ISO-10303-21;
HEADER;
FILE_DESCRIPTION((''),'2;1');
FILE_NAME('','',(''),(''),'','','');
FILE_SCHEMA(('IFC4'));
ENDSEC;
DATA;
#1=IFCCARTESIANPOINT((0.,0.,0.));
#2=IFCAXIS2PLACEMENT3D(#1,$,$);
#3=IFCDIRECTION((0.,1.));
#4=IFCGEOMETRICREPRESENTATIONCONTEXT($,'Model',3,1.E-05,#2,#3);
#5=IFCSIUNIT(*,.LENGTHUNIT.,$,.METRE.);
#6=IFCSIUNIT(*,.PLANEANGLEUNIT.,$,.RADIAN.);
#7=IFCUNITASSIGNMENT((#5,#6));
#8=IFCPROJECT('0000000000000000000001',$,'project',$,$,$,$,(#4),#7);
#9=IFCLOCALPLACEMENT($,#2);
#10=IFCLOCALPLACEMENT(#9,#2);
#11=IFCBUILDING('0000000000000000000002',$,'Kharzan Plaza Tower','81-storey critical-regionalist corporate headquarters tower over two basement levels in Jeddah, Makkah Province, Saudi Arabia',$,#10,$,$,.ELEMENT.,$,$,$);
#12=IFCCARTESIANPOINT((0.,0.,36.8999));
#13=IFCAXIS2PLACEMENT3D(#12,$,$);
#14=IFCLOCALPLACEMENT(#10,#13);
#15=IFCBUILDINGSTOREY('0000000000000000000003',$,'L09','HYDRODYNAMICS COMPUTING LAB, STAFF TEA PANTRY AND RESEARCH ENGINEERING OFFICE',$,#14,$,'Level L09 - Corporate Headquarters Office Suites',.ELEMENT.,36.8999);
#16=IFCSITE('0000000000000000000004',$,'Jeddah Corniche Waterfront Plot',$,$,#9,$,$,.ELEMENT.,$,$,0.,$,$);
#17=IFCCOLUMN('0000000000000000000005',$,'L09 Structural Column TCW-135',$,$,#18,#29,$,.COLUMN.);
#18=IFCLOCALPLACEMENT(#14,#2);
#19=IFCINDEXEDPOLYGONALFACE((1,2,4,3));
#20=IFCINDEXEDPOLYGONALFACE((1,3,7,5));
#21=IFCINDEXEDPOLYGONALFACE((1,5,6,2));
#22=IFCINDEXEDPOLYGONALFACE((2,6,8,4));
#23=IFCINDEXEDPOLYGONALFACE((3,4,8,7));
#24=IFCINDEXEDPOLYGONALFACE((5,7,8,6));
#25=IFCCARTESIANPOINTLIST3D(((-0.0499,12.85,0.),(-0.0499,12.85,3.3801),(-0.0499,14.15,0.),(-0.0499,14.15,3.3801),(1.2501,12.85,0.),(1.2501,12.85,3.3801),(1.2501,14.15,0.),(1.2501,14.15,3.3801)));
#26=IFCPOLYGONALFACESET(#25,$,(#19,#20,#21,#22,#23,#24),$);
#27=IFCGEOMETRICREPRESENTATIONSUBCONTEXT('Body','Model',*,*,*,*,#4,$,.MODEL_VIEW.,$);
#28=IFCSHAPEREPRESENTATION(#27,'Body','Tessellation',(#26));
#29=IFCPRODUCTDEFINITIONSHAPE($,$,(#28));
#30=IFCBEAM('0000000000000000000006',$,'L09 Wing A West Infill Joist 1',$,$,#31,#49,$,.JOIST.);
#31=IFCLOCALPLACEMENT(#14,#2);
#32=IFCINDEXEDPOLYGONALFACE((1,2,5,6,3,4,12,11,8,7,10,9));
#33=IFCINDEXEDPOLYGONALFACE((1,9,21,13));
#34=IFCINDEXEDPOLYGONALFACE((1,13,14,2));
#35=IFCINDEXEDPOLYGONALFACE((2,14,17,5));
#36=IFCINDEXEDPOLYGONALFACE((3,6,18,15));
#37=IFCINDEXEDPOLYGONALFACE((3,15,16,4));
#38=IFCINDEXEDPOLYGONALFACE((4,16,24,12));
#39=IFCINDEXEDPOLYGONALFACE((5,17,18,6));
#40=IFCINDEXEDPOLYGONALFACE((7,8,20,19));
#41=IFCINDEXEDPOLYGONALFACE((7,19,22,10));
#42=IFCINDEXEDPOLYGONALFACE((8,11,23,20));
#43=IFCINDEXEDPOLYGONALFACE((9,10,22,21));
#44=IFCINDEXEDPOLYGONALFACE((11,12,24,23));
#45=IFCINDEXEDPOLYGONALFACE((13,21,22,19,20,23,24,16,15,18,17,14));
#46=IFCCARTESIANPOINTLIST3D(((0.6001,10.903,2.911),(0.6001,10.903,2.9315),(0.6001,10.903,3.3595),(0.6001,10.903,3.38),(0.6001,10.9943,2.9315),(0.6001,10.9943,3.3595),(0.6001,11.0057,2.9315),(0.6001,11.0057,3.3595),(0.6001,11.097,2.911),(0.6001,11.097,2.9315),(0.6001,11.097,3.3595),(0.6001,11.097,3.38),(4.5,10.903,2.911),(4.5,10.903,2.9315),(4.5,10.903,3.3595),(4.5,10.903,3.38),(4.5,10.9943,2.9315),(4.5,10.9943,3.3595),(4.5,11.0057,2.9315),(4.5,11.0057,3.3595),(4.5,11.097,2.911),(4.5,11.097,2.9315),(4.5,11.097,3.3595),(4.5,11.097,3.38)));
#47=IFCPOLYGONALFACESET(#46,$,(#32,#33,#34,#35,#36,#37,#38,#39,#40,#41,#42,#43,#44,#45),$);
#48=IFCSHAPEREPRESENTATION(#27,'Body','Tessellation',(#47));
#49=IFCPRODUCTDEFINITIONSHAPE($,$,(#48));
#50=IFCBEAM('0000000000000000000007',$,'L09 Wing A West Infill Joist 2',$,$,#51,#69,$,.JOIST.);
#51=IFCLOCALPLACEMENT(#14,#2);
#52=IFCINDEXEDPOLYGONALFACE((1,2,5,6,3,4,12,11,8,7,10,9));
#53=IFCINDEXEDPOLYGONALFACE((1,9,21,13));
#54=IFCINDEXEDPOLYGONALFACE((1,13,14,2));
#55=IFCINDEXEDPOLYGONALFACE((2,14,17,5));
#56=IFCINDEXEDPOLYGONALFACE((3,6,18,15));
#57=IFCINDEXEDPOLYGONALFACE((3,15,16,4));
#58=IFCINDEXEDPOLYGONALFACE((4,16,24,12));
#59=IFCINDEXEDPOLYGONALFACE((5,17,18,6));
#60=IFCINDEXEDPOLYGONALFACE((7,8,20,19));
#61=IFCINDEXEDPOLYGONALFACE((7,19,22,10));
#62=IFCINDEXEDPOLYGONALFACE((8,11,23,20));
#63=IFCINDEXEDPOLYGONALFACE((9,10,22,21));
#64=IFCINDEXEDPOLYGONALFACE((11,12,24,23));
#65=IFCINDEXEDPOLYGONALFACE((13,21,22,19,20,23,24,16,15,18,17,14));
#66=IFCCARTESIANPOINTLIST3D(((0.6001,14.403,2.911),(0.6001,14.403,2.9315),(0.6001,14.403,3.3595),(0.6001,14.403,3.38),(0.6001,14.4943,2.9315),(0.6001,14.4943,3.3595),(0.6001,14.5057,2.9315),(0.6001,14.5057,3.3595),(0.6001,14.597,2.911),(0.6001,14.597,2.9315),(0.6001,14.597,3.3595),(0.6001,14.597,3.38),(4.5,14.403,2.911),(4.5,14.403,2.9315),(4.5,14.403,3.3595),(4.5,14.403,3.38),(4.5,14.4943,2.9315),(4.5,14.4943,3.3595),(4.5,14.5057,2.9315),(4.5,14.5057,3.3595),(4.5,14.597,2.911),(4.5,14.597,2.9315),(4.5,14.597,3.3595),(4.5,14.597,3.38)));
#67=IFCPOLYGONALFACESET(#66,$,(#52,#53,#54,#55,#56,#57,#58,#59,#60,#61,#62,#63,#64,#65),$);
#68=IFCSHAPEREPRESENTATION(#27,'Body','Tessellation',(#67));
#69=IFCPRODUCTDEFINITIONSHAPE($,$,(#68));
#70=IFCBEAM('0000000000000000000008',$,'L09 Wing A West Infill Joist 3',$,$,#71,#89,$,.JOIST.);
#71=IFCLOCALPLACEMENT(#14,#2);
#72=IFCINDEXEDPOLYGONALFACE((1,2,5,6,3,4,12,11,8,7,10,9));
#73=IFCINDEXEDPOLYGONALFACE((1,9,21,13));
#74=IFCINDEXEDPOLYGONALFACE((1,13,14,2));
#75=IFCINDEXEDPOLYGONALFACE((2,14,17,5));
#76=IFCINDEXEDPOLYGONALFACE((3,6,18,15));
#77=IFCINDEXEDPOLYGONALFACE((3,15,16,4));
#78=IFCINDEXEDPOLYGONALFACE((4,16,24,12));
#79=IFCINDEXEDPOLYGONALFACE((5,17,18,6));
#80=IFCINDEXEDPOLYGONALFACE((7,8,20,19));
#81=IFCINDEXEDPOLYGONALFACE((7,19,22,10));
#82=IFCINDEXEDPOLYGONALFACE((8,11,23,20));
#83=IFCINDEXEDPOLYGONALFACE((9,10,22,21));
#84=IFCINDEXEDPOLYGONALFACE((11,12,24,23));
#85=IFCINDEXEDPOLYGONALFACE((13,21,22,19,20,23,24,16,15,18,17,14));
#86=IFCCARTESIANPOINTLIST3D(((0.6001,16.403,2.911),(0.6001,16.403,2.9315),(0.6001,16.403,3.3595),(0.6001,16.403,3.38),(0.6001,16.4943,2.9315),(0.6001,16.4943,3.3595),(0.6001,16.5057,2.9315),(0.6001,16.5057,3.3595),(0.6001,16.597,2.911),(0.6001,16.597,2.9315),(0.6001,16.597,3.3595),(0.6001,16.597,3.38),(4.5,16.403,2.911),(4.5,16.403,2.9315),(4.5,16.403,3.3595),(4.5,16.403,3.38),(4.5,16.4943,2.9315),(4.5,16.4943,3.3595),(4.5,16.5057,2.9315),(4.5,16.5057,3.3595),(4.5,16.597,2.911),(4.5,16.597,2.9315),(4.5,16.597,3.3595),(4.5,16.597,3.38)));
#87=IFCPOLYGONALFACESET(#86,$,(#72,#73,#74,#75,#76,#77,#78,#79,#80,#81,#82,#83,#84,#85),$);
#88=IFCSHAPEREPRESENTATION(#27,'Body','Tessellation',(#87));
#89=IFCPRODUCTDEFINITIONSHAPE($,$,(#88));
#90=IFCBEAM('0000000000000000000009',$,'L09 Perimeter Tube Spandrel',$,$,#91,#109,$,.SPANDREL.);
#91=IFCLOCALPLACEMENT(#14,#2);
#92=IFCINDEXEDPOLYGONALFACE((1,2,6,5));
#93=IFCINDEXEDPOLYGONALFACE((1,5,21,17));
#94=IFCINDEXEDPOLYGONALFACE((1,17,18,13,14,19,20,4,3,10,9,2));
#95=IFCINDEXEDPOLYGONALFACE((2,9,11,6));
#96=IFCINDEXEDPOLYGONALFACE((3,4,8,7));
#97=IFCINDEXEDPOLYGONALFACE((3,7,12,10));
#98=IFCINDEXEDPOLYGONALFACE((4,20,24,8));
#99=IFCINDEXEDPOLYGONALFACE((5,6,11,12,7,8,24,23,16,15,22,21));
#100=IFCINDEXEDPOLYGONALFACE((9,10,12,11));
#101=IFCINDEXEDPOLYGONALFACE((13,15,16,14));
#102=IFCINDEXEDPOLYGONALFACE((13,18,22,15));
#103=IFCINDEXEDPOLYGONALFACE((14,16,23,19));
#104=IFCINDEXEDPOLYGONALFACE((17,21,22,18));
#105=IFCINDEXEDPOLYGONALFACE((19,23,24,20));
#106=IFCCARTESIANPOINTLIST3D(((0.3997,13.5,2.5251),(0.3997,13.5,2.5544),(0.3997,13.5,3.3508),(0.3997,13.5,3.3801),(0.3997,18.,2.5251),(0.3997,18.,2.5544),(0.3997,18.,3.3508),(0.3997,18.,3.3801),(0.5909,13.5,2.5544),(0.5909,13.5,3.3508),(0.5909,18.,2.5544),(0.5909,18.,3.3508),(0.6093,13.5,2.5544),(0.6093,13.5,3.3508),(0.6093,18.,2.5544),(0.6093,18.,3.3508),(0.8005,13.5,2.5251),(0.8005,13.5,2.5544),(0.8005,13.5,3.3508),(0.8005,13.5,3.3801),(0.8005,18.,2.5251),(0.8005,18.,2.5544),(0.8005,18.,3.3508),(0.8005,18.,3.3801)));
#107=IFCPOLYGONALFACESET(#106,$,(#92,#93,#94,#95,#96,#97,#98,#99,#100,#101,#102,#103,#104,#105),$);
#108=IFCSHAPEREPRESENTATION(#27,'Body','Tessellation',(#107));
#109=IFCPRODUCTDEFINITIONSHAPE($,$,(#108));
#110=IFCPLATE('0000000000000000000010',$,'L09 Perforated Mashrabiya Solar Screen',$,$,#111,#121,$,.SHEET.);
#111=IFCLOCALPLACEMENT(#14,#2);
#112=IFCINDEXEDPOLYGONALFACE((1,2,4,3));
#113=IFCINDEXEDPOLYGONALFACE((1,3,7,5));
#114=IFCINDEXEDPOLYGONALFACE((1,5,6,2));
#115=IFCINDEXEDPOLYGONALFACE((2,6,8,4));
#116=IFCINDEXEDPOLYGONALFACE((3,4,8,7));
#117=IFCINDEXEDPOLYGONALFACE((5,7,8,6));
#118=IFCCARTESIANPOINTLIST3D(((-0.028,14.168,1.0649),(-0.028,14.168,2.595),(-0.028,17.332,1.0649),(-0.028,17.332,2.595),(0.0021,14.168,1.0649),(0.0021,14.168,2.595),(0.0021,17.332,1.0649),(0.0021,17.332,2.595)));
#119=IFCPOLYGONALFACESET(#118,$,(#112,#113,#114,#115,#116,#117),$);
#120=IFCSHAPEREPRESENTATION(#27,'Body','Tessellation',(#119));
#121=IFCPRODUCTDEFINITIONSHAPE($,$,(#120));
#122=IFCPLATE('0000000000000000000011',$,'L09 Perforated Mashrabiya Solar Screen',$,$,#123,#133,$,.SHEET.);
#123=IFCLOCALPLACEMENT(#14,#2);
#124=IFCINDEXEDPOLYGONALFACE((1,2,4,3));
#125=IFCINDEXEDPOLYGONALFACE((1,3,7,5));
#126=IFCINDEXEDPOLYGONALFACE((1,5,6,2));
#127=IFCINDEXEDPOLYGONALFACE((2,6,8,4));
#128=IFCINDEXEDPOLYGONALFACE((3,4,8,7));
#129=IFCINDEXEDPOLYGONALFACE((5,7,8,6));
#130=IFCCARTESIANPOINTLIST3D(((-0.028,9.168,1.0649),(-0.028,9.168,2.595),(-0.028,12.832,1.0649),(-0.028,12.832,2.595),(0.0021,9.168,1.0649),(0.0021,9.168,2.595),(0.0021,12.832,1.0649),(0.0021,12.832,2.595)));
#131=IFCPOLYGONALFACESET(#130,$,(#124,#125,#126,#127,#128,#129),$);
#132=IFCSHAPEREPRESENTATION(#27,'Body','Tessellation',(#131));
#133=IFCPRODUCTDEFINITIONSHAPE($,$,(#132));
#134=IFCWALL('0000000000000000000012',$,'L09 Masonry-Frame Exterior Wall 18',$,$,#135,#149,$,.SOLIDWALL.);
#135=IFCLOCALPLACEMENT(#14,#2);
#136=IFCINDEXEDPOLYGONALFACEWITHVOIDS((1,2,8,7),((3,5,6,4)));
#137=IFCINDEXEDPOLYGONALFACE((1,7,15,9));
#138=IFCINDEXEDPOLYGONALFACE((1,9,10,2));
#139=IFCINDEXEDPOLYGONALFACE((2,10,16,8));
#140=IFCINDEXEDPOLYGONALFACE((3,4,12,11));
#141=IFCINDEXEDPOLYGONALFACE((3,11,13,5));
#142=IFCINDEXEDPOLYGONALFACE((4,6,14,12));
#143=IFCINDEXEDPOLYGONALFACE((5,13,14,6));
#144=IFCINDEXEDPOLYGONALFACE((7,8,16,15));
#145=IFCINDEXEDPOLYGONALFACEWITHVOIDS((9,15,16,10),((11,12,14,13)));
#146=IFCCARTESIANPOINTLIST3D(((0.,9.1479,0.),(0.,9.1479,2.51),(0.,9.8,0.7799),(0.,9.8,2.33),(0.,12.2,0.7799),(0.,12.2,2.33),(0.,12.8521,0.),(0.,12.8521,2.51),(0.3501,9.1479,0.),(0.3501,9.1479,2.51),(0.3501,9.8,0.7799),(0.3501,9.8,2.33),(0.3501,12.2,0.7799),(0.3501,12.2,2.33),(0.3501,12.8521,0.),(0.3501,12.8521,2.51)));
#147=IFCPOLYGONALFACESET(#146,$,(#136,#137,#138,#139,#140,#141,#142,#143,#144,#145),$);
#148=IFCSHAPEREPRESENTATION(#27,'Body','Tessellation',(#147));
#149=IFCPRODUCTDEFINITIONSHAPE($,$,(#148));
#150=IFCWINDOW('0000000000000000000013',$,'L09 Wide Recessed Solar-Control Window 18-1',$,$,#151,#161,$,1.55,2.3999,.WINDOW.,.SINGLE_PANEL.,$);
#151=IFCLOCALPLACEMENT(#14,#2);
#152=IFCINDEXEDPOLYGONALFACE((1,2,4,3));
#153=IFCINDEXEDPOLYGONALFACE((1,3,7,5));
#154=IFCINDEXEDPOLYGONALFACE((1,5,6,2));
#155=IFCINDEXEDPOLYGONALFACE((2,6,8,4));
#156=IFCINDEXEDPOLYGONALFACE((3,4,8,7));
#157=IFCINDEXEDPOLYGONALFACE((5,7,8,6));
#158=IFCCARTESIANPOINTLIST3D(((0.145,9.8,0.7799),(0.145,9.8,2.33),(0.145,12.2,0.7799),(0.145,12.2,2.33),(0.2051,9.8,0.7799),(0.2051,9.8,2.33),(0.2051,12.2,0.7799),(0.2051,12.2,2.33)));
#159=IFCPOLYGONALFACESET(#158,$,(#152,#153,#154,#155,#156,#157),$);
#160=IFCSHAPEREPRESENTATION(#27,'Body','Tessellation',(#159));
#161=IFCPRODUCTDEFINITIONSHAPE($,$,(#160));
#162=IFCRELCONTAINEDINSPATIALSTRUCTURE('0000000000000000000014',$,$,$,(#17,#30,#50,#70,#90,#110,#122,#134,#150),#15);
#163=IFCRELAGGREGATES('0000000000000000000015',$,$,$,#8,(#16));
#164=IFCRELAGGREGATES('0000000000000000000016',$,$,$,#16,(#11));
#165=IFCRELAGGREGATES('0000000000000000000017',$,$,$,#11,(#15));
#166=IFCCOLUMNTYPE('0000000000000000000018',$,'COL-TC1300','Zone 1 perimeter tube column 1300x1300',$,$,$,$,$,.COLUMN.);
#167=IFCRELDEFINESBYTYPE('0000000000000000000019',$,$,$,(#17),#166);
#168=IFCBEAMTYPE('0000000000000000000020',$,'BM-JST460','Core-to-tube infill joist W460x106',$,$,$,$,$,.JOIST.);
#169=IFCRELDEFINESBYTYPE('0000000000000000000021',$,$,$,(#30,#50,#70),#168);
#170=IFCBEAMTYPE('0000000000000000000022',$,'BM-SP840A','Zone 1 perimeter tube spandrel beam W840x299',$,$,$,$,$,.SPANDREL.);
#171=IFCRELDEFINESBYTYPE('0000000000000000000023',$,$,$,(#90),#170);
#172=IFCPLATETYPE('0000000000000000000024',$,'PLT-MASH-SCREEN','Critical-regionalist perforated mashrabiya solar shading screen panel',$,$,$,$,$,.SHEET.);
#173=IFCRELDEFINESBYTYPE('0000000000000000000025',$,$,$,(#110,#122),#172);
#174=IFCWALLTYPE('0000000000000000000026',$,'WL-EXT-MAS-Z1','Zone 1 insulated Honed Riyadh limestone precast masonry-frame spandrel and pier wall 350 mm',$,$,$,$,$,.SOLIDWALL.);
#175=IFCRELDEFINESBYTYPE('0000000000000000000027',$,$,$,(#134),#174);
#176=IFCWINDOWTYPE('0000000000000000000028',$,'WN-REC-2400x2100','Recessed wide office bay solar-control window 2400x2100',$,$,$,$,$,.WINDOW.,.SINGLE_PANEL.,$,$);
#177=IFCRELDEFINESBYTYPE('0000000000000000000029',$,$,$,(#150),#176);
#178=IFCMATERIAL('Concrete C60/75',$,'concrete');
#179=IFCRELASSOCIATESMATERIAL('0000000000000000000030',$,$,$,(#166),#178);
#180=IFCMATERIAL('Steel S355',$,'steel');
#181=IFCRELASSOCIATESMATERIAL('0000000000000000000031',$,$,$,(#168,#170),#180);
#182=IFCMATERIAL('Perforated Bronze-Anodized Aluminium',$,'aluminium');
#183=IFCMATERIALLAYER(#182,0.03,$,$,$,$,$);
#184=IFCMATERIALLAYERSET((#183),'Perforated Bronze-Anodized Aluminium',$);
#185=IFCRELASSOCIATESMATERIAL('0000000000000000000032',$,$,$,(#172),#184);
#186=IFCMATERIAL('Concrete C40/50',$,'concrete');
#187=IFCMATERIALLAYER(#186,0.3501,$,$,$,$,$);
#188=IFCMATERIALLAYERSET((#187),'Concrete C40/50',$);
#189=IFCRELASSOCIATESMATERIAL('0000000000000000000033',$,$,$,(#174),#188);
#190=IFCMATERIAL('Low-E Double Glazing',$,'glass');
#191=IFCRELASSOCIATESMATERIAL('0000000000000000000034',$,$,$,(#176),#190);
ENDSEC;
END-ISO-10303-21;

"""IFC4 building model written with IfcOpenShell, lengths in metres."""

from ifc_helpers import new_model, si_unit, direction, frame, frame_2d, origin, origin_2d, place, context, subcontext, project, spatial, rectangle, i_section, extrude, source, transform, mapped, material, layer, layer_set, material_profile, profile_set, type_object, element, fill, save


model = new_model("IFC4")

# Units and contexts
model_context = context("Model", 3, precision=1e-05, world=origin(), true_north=direction((0.0, 1.0)))
body_context = subcontext(model_context, "Body", "Model", "MODEL_VIEW")
ifc_project = project(units=[si_unit("LENGTHUNIT", "METRE"), si_unit("PLANEANGLEUNIT", "RADIAN")], contexts=[model_context])

# Site, building, storey
site_placement = place(None, origin())
site = spatial("IfcSite", under=ifc_project, at=site_placement, Name="Jeddah Corniche Waterfront Plot", CompositionType="ELEMENT", RefElevation=0.0)
building_placement = place(site_placement, origin())
building = spatial("IfcBuilding", under=site, at=building_placement, Name="Kharzan Plaza Tower", Description="81-storey critical-regionalist corporate headquarters tower over two basement levels in Jeddah, Makkah Province, Saudi Arabia", CompositionType="ELEMENT")
storey_placement = place(building_placement, frame((0.0, 0.0, 36.8999)))
storey = spatial("IfcBuildingStorey", under=building, at=storey_placement, Name="L09", Description="HYDRODYNAMICS COMPUTING LAB, STAFF TEA PANTRY AND RESEARCH ENGINEERING OFFICE", LongName="Level L09 - Corporate Headquarters Office Suites", CompositionType="ELEMENT", Elevation=36.8999)

# Column
ifc_material_1 = material(Name="Concrete C60/75", Category="concrete")
ifc_material_profile_1 = material_profile(ifc_material_1, rectangle(XDim=1.3, YDim=1.3, at=origin_2d()), Name="RC-TC1300x1300")
ifc_profile_set_1 = profile_set([ifc_material_profile_1], Name="Concrete C60/75")
column_type = type_object("IfcColumnType", Name="COL-TC1300", Description="Zone 1 perimeter tube column 1300x1300", PredefinedType="COLUMN", material=ifc_profile_set_1)
shared_shape_1 = source(origin(), body_context, "Body", "SweptSolid", [
    extrude(rectangle(XDim=1.3, YDim=1.3, at=origin_2d()), origin(), (0.0, 0.0, 1.0), 3.3801),
])
column_placement = place(storey_placement, frame((0.6001, 13.5, 0.0), z_axis=(0.0, 0.0, 1.0), x_axis=(1.0, 0.0, 0.0)))
element("IfcColumn", 1, at=column_placement, inside=storey, type_object=column_type, Name="L09 Structural Column TCW-135", PredefinedType="COLUMN", context=body_context, shape_type="MappedRepresentation", body=[
    mapped(shared_shape_1, transform((0.0, 0.0, 0.0), x_axis=(1.0, 0.0, 0.0), y_axis=(0.0, 1.0, 0.0), z_axis=(0.0, 0.0, 1.0))),
])

# Beams
ifc_material_2 = material(Name="Steel S355", Category="steel")
ifc_material_profile_2 = material_profile(ifc_material_2, i_section(OverallWidth=0.1941, OverallDepth=0.469, WebThickness=0.0115, FlangeThickness=0.0205, at=origin_2d()), Name="W460x106")
ifc_profile_set_2 = profile_set([ifc_material_profile_2], Name="Steel S355")
beam_type_1 = type_object("IfcBeamType", Name="BM-JST460", Description="Core-to-tube infill joist W460x106", PredefinedType="JOIST", material=ifc_profile_set_2)
shared_shape_2 = source(origin(), body_context, "Body", "SweptSolid", [
    extrude(i_section(OverallWidth=0.1941, OverallDepth=0.469, WebThickness=0.0115, FlangeThickness=0.0205, at=origin_2d()), origin(), (0.0, 0.0, 1.0), 3.8999),
])
for number, where, z_axis, x_axis, name in (
    (2, (0.6001, 11.0, 3.1455), (1.0, 0.0, 0.0), (0.0, 1.0, 0.0), "L09 Wing A West Infill Joist 1"),
    (3, (0.6001, 14.5, 3.1455), (1.0, 0.0, 0.0), (0.0, 1.0, 0.0), "L09 Wing A West Infill Joist 2"),
    (4, (0.6001, 16.5, 3.1455), (1.0, 0.0, 0.0), (0.0, 1.0, 0.0), "L09 Wing A West Infill Joist 3"),
):
    element("IfcBeam", number, at=place(storey_placement, frame(where, z_axis=z_axis, x_axis=x_axis)), inside=storey, type_object=beam_type_1, Name=name, PredefinedType="JOIST", context=body_context, shape_type="MappedRepresentation", body=[
        mapped(shared_shape_2, transform((0.0, 0.0, 0.0), x_axis=(1.0, 0.0, 0.0), y_axis=(0.0, 1.0, 0.0), z_axis=(0.0, 0.0, 1.0))),
    ])
ifc_material_profile_3 = material_profile(ifc_material_2, i_section(OverallWidth=0.4009, OverallDepth=0.855, WebThickness=0.0183, FlangeThickness=0.0293, at=origin_2d()), Name="W840x299")
ifc_profile_set_3 = profile_set([ifc_material_profile_3], Name="Steel S355")
beam_type_2 = type_object("IfcBeamType", Name="BM-SP840A", Description="Zone 1 perimeter tube spandrel beam W840x299", PredefinedType="SPANDREL", material=ifc_profile_set_3)
shared_shape_3 = source(origin(), body_context, "Body", "SweptSolid", [
    extrude(i_section(OverallWidth=0.4009, OverallDepth=0.855, WebThickness=0.0183, FlangeThickness=0.0293, at=origin_2d()), origin(), (0.0, 0.0, 1.0), 4.5),
])
beam_placement = place(storey_placement, frame((0.6001, 13.5, 2.9526), z_axis=(0.0, 1.0, 0.0), x_axis=(-1.0, 0.0, 0.0)))
element("IfcBeam", 5, at=beam_placement, inside=storey, type_object=beam_type_2, Name="L09 Perimeter Tube Spandrel", PredefinedType="SPANDREL", context=body_context, shape_type="MappedRepresentation", body=[
    mapped(shared_shape_3, transform((0.0, 0.0, 0.0), x_axis=(1.0, 0.0, 0.0), y_axis=(0.0, 1.0, 0.0), z_axis=(0.0, 0.0, 1.0))),
])

# Plates
ifc_material_3 = material(Name="Perforated Bronze-Anodized Aluminium", Category="aluminium")
ifc_layer_1 = layer(ifc_material_3, 0.03)
ifc_layer_set_1 = layer_set([ifc_layer_1], Name="Perforated Bronze-Anodized Aluminium")
plate_type = type_object("IfcPlateType", Name="PLT-MASH-SCREEN", Description="Critical-regionalist perforated mashrabiya solar shading screen panel", PredefinedType="SHEET", material=ifc_layer_set_1)
shared_shape_4 = source(origin(), body_context, "Body", "SweptSolid", [
    extrude(rectangle(XDim=3.1641, YDim=0.03, at=origin_2d()), origin(), (0.0, 0.0, 1.0), 1.53),
])
plate_1_placement = place(storey_placement, frame((-0.0129, 15.75, 1.0649), z_axis=(0.0, 0.0, 1.0), x_axis=(0.0, -1.0, 0.0)))
element("IfcPlate", 6, at=plate_1_placement, inside=storey, type_object=plate_type, Name="L09 Perforated Mashrabiya Solar Screen", PredefinedType="SHEET", context=body_context, shape_type="MappedRepresentation", body=[
    mapped(shared_shape_4, transform((0.0, 0.0, 0.0), x_axis=(1.0, 0.0, 0.0), y_axis=(0.0, 1.0, 0.0), z_axis=(0.0, 0.0, 1.0))),
])
shared_shape_5 = source(origin(), body_context, "Body", "SweptSolid", [
    extrude(rectangle(XDim=3.6641, YDim=0.03, at=origin_2d()), origin(), (0.0, 0.0, 1.0), 1.53),
])
plate_2_placement = place(storey_placement, frame((-0.0129, 11.0, 1.0649), z_axis=(0.0, 0.0, 1.0), x_axis=(0.0, -1.0, 0.0)))
element("IfcPlate", 7, at=plate_2_placement, inside=storey, type_object=plate_type, Name="L09 Perforated Mashrabiya Solar Screen", PredefinedType="SHEET", context=body_context, shape_type="MappedRepresentation", body=[
    mapped(shared_shape_5, transform((0.0, 0.0, 0.0), x_axis=(1.0, 0.0, 0.0), y_axis=(0.0, 1.0, 0.0), z_axis=(0.0, 0.0, 1.0))),
])

# Wall, opening, window
ifc_material_4 = material(Name="Concrete C40/50", Category="concrete")
ifc_layer_2 = layer(ifc_material_4, 0.3501)
ifc_layer_set_2 = layer_set([ifc_layer_2], Name="Concrete C40/50")
wall_type_1 = type_object("IfcWallType", Name="WL-EXT-MAS-Z1", Description="Zone 1 insulated Honed Riyadh limestone precast masonry-frame spandrel and pier wall 350 mm", PredefinedType="SOLIDWALL", material=ifc_layer_set_2)
wall_1_placement = place(storey_placement, frame((0.175, 12.8521, 0.0), z_axis=(0.0, 0.0, 1.0), x_axis=(0.0, -1.0, 0.0)))
wall_1 = element("IfcWall", 8, at=wall_1_placement, inside=storey, type_object=wall_type_1, Name="L09 Masonry-Frame Exterior Wall 18", PredefinedType="SOLIDWALL", context=body_context, shape_type="SweptSolid", body=[
    extrude(rectangle(XDim=3.7041, YDim=0.3501, at=frame_2d((1.8521, 0.0))), origin(), (0.0, 0.0, 1.0), 2.51),
])
opening_1_placement = place(wall_1_placement, frame((0.6521, 0.0, 0.78)))
opening_1 = element("IfcOpeningElement", 9, at=opening_1_placement, cuts=wall_1, PredefinedType="OPENING", context=body_context, shape_type="SweptSolid", body=[
    extrude(rectangle(XDim=2.3999, YDim=1.55, at=frame_2d((1.2, 0.7749))), frame((0.0, 0.1851, 0.0), z_axis=(0.0, -1.0, 0.0), x_axis=(1.0, 0.0, 0.0)), (0.0, 0.0, 1.0), 0.3701),
])
ifc_material_5 = material(Name="Low-E Double Glazing", Category="glass")
window_type = type_object("IfcWindowType", Name="WN-REC-2400x2100", Description="Recessed wide office bay solar-control window 2400x2100", PartitioningType="SINGLE_PANEL", PredefinedType="WINDOW", material=ifc_material_5)
shared_shape_6 = source(origin(), body_context, "Body", "SweptSolid", [
    extrude(rectangle(XDim=2.3999, YDim=1.55, at=frame_2d((1.2, 0.7749))), frame((0.0, 0.03, 0.0), z_axis=(0.0, -1.0, 0.0), x_axis=(1.0, 0.0, 0.0)), (0.0, 0.0, 1.0), 0.0601),
])
window_placement = place(opening_1_placement, origin())
window = element("IfcWindow", 10, at=window_placement, inside=storey, type_object=window_type, Name="L09 Wide Recessed Solar-Control Window 18-1", OverallHeight=1.55, OverallWidth=2.3999, PartitioningType="SINGLE_PANEL", PredefinedType="WINDOW", context=body_context, shape_type="MappedRepresentation", body=[
    mapped(shared_shape_6, transform((0.0, 0.0, 0.0), x_axis=(1.0, 0.0, 0.0), y_axis=(0.0, 1.0, 0.0), z_axis=(0.0, 0.0, 1.0))),
])
fill(opening_1, window)

save(model, "model.ifc")
